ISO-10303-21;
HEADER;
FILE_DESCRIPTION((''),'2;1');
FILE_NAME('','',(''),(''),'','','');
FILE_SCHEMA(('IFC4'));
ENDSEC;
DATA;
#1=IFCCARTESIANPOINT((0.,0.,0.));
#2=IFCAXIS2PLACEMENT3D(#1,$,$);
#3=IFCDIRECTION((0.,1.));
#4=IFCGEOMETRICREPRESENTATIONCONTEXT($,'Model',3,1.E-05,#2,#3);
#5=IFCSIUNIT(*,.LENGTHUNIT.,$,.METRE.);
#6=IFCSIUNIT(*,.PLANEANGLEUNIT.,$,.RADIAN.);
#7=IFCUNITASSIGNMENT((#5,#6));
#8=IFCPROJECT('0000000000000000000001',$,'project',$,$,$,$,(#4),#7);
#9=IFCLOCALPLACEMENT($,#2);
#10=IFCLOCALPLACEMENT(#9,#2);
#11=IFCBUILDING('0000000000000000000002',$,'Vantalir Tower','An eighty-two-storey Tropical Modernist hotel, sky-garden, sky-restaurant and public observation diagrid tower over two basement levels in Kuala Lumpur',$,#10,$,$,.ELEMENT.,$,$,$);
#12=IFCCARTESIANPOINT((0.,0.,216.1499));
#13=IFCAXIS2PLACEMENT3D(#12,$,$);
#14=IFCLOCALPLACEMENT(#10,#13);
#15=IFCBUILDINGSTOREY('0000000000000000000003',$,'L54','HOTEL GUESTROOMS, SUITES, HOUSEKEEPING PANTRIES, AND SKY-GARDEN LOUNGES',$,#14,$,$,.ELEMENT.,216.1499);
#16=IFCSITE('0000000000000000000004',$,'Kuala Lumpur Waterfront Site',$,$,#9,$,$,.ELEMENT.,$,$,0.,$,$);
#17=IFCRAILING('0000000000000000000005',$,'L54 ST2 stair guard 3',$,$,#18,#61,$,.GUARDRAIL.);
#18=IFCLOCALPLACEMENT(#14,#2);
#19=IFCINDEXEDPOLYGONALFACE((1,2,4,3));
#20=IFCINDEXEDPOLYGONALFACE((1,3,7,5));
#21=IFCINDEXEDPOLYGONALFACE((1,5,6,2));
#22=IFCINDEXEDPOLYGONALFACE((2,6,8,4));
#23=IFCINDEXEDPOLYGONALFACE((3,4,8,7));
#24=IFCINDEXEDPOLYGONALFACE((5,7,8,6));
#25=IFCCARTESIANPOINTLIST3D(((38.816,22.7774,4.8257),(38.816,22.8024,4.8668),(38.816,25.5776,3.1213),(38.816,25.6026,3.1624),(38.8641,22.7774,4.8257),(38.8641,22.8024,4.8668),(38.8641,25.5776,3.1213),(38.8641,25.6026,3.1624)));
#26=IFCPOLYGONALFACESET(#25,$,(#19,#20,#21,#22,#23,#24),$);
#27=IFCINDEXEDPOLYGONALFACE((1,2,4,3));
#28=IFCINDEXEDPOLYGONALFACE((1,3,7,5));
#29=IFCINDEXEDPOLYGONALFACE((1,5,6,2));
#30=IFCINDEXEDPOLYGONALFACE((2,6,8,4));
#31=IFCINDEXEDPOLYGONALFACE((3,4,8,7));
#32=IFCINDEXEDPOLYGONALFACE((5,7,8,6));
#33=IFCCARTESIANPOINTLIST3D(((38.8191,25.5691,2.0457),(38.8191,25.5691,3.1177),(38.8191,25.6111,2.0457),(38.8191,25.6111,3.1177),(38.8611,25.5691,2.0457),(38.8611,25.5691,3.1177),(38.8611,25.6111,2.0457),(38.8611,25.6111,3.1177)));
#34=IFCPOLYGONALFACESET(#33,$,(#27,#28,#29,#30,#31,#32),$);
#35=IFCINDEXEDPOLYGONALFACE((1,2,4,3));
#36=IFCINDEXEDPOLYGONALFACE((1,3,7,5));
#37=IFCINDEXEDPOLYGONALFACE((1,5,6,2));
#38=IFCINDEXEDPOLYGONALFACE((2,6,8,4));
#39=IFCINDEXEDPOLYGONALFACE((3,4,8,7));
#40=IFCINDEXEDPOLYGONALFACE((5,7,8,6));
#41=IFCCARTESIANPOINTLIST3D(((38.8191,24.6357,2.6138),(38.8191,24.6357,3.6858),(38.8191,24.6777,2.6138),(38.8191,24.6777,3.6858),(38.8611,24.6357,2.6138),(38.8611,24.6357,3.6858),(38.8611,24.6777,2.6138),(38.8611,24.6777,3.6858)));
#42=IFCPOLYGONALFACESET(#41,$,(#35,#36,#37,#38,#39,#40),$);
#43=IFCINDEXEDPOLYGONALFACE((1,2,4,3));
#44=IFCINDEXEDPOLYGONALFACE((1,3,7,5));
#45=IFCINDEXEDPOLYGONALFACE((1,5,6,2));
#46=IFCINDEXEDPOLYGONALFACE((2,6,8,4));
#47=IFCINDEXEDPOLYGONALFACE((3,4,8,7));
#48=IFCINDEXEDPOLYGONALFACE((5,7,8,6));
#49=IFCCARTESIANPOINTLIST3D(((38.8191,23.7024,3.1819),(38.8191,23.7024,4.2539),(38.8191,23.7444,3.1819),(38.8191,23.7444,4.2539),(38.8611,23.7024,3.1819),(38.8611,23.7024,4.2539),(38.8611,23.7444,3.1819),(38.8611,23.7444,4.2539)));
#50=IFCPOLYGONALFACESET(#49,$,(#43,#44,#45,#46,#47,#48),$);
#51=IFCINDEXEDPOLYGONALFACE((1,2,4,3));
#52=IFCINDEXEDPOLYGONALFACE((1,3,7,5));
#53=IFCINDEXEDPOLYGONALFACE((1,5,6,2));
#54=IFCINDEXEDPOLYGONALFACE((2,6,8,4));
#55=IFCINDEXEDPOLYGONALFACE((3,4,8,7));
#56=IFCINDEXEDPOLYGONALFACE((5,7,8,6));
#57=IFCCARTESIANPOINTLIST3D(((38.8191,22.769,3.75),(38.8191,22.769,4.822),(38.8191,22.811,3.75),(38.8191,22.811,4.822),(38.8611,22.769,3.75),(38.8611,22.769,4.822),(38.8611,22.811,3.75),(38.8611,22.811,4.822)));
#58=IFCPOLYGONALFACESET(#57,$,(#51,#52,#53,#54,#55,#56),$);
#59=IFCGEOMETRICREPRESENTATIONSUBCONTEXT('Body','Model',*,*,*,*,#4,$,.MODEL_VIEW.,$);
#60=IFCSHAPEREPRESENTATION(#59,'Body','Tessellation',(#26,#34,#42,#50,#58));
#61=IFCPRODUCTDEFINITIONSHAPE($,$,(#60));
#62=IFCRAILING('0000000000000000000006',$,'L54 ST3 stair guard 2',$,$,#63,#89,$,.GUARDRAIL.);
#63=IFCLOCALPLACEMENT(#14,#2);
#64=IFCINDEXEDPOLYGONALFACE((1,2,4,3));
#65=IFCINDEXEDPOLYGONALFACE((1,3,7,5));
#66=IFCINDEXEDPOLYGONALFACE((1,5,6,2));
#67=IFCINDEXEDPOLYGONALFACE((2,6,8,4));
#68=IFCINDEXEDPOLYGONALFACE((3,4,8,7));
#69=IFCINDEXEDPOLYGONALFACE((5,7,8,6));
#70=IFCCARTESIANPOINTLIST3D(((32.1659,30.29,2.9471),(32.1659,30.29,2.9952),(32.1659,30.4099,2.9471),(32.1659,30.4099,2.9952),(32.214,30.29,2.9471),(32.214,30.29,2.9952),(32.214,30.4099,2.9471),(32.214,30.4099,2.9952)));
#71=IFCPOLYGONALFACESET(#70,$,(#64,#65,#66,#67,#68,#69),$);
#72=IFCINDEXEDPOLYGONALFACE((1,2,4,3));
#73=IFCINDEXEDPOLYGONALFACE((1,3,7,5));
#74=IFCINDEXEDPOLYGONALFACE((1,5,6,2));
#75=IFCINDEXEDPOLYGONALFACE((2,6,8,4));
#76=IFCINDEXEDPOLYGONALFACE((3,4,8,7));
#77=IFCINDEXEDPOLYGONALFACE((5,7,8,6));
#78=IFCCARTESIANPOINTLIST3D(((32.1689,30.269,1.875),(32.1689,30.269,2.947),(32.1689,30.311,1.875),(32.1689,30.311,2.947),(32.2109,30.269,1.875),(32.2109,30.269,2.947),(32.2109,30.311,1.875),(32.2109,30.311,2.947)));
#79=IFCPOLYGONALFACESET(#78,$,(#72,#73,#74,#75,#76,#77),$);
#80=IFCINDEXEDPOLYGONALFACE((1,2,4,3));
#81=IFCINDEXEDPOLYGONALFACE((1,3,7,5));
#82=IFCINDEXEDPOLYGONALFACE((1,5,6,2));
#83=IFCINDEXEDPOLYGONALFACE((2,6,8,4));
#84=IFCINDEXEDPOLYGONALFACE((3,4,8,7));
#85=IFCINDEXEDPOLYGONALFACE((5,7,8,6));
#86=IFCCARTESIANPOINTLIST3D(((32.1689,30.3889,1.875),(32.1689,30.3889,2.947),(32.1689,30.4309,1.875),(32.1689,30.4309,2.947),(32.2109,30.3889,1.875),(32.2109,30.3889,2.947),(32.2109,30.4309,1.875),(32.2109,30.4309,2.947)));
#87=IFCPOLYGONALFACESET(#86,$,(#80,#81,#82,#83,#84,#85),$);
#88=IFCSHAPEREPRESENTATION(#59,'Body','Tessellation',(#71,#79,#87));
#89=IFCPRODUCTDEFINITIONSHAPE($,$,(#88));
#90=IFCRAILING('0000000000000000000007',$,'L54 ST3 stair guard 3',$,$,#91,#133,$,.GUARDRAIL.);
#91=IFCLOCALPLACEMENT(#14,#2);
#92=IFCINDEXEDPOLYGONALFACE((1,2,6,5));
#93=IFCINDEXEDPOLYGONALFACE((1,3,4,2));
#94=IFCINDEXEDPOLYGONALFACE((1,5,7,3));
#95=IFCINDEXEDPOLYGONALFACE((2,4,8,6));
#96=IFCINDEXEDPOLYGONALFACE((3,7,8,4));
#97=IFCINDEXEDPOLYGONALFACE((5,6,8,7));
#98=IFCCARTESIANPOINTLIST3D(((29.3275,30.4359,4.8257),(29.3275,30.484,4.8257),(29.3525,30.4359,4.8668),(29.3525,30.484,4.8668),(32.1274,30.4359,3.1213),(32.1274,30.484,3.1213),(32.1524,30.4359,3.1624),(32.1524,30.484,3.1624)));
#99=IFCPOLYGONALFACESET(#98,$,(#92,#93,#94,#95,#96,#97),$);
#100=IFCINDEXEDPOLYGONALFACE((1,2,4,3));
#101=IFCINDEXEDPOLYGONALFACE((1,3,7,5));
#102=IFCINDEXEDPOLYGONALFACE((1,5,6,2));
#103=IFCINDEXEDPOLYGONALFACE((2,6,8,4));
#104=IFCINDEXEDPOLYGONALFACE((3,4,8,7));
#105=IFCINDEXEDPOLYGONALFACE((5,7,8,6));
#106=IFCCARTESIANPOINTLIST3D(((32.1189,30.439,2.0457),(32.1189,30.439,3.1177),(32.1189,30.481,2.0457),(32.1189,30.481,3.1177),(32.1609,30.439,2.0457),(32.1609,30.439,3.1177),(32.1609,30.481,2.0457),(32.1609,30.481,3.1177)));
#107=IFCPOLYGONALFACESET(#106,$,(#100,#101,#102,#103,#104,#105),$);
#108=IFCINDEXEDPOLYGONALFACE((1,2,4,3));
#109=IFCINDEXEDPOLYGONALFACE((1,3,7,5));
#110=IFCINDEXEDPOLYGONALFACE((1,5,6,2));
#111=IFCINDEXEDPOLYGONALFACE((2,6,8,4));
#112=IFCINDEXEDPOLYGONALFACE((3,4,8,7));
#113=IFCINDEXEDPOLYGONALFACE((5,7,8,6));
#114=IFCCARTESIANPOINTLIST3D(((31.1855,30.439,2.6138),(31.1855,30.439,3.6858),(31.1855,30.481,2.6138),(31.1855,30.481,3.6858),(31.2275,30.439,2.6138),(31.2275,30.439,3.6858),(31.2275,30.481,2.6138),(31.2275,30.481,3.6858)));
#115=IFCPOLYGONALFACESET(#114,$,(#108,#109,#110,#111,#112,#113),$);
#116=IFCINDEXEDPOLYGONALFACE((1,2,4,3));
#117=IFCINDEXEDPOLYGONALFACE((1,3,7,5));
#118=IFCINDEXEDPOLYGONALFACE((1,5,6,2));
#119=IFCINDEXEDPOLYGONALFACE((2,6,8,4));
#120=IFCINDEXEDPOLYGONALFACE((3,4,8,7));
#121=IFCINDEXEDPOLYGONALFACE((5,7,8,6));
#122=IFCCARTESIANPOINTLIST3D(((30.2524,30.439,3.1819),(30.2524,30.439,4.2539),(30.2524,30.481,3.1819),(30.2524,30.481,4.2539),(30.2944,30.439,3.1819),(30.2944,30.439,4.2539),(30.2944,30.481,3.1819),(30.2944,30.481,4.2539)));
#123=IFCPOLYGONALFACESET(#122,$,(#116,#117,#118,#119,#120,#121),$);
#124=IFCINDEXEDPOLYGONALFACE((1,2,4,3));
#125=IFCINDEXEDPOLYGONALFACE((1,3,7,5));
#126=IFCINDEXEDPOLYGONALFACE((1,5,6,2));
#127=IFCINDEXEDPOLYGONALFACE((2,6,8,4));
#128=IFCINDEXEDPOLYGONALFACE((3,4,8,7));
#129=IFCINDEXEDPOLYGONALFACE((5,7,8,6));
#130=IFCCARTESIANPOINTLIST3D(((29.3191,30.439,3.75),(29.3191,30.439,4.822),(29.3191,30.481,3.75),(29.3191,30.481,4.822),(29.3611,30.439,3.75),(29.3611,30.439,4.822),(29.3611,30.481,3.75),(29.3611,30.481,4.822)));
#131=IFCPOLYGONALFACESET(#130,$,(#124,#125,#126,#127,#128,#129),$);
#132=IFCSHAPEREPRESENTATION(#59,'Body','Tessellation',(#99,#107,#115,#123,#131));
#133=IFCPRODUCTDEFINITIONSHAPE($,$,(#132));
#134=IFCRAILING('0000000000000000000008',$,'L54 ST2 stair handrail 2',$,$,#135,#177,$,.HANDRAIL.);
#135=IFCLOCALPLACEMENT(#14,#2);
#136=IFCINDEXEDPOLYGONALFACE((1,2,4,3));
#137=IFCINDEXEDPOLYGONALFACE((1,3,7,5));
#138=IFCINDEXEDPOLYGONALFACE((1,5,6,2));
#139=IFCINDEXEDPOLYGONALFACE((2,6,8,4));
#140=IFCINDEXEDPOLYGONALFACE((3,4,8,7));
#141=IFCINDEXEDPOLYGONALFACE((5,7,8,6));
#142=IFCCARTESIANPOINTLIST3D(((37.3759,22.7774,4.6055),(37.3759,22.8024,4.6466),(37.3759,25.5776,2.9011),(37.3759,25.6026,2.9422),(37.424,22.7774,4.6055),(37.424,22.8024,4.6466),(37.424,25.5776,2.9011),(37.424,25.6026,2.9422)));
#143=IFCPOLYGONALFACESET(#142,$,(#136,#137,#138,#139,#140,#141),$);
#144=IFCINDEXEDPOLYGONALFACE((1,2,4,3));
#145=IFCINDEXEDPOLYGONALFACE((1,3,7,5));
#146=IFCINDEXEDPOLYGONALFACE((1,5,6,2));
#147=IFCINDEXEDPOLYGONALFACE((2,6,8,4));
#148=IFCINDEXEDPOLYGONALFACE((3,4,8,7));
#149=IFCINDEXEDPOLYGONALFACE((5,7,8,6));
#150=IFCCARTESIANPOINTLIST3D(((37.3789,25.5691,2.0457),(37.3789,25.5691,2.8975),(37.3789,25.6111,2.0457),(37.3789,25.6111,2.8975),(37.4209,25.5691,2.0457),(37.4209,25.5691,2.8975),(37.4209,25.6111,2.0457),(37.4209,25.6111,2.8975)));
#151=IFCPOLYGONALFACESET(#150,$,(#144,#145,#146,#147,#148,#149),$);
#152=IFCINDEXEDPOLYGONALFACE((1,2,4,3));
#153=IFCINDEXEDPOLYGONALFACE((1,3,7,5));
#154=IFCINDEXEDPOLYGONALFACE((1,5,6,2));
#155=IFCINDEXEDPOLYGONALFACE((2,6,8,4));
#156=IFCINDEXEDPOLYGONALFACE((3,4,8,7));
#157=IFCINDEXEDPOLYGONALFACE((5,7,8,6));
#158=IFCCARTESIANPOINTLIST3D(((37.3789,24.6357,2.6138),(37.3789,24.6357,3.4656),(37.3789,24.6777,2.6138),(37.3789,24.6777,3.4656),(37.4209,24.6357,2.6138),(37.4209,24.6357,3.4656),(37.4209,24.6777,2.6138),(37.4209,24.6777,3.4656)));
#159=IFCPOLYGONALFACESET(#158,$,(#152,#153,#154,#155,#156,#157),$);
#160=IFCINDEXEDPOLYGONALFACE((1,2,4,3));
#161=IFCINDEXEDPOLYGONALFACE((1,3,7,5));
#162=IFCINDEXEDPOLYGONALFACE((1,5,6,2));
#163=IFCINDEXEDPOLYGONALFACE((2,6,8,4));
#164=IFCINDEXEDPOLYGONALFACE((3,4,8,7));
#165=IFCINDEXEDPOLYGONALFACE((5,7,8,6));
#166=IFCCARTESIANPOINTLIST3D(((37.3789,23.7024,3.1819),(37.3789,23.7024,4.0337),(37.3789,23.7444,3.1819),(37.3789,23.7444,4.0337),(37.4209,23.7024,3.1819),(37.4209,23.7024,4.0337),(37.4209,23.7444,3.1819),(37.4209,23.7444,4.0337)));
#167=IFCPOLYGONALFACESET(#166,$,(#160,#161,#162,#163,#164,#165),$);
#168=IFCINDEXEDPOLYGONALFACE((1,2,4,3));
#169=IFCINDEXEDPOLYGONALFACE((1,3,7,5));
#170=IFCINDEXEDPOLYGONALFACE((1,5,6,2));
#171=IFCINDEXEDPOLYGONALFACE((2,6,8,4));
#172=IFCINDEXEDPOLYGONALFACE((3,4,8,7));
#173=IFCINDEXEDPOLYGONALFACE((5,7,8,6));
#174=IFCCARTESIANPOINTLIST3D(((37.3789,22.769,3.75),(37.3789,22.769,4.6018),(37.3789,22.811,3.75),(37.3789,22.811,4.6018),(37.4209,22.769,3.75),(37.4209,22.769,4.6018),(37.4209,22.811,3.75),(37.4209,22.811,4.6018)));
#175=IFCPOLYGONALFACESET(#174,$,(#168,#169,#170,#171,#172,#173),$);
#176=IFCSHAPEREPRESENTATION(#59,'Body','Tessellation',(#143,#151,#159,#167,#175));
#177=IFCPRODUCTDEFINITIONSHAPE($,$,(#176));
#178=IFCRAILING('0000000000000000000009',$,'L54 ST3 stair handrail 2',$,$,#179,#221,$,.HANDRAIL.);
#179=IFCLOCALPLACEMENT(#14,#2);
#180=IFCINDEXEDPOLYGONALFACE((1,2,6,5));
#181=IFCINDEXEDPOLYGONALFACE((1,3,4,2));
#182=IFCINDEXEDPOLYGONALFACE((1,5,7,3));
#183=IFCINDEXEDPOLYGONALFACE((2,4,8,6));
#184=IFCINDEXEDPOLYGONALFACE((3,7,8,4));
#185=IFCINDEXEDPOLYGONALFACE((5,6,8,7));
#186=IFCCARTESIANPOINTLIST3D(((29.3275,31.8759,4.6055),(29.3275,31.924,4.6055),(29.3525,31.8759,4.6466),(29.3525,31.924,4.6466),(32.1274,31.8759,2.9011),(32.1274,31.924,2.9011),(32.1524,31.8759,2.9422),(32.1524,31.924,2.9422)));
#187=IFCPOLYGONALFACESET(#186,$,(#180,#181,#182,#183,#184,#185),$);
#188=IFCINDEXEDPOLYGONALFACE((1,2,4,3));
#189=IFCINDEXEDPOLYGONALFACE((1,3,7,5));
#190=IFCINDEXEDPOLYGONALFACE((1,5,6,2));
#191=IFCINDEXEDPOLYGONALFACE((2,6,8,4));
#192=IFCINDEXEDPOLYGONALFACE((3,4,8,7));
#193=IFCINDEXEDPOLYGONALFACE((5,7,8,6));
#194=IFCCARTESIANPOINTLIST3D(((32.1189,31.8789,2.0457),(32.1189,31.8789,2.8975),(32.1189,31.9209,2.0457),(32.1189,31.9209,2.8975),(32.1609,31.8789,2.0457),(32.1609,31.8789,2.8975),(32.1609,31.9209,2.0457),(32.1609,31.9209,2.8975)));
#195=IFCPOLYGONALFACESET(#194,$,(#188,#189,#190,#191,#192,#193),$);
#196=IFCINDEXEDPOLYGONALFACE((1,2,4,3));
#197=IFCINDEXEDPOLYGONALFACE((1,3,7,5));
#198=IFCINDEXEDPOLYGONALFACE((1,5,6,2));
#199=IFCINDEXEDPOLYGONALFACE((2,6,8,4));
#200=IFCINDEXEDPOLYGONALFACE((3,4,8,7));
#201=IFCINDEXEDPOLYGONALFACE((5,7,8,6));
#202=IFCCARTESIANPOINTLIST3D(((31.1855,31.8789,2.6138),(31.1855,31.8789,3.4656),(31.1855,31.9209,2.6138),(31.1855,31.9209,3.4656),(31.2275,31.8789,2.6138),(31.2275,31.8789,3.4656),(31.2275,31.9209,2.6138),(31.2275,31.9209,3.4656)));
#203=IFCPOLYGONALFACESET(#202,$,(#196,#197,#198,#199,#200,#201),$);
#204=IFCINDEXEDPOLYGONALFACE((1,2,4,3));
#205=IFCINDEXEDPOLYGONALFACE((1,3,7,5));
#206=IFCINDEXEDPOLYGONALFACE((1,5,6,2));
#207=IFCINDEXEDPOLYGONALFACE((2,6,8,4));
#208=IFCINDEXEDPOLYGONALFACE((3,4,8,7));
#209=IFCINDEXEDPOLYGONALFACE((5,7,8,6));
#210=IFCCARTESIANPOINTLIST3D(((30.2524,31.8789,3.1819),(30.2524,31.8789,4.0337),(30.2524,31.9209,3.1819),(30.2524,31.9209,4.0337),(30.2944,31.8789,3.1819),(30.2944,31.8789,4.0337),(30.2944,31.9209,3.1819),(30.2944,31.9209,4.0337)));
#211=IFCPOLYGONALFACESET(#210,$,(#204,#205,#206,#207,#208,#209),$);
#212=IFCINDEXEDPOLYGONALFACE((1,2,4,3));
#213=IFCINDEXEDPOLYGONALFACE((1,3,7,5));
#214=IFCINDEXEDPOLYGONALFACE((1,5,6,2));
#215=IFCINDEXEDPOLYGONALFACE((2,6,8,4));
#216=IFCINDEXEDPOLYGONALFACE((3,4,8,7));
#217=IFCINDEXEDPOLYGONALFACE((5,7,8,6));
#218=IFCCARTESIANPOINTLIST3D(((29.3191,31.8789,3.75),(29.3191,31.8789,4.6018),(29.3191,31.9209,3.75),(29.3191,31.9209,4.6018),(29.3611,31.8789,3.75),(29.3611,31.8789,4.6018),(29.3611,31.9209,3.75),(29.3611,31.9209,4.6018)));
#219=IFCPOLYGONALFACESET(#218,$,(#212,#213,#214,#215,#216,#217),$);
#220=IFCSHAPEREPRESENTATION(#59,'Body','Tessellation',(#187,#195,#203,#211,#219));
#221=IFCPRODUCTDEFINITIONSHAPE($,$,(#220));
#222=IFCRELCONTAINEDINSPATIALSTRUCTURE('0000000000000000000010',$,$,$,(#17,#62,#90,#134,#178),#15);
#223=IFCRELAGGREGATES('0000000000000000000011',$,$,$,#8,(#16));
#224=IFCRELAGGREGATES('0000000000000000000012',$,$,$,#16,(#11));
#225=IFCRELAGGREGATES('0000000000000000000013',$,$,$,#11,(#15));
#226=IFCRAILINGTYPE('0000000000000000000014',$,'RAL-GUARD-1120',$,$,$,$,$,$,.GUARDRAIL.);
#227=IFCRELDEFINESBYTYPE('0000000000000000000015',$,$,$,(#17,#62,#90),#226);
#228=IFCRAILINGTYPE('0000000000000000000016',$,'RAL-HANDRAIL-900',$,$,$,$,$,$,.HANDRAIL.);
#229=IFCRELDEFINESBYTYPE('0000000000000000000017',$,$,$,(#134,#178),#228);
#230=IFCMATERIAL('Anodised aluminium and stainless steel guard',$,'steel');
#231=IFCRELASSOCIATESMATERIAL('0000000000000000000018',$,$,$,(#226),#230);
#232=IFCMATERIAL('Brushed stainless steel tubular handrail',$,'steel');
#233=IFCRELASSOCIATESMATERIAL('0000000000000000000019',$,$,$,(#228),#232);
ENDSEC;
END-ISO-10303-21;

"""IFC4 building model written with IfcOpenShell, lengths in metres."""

from ifc_helpers import new_model, si_unit, direction, frame, origin, origin_2d, place, context, subcontext, project, spatial, rectangle, extrude, material, type_object, element, save


model = new_model("IFC4")

# Units and contexts
model_context = context("Model", 3, precision=1e-05, world=origin(), true_north=direction((0.0, 1.0)))
body_context = subcontext(model_context, "Body", "Model", "MODEL_VIEW")
ifc_project = project(units=[si_unit("LENGTHUNIT", "METRE"), si_unit("PLANEANGLEUNIT", "RADIAN")], contexts=[model_context])

# Site, building, storey
site_placement = place(None, origin())
site = spatial("IfcSite", under=ifc_project, at=site_placement, Name="Kuala Lumpur Waterfront Site", CompositionType="ELEMENT", RefElevation=0.0)
building_placement = place(site_placement, origin())
building = spatial("IfcBuilding", under=site, at=building_placement, Name="Vantalir Tower", Description="An eighty-two-storey Tropical Modernist hotel, sky-garden, sky-restaurant and public observation diagrid tower over two basement levels in Kuala Lumpur", CompositionType="ELEMENT")
storey_placement = place(building_placement, frame((0.0, 0.0, 216.1499)))
storey = spatial("IfcBuildingStorey", under=building, at=storey_placement, Name="L54", Description="HOTEL GUESTROOMS, SUITES, HOUSEKEEPING PANTRIES, AND SKY-GARDEN LOUNGES", CompositionType="ELEMENT", Elevation=216.1499)

# Railings
ifc_material_1 = material(Name="Anodised aluminium and stainless steel guard", Category="steel")
railing_type_1 = type_object("IfcRailingType", Name="RAL-GUARD-1120", PredefinedType="GUARDRAIL", material=ifc_material_1)
railing_1_placement = place(storey_placement, frame((38.8401, 25.5901, 2.0457)))
element("IfcRailing", 1, at=railing_1_placement, inside=storey, type_object=railing_type_1, Name="L54 ST2 stair guard 3", PredefinedType="GUARDRAIL", context=body_context, shape_type="SweptSolid", body=[
    extrude(rectangle(XDim=0.0481, YDim=0.0481, at=origin_2d()), frame((0.0, 0.0, 1.0962), z_axis=(0.0, -0.854203, 0.51994), x_axis=(1.0, 0.0, 0.0)), (0.0, 0.0, 1.0), 3.2781),
    extrude(rectangle(XDim=0.042, YDim=0.042, at=origin_2d()), origin(), (0.0, 0.0, 1.0), 1.072),
    extrude(rectangle(XDim=0.042, YDim=0.042, at=origin_2d()), frame((0.0, -0.9333, 0.5681)), (0.0, 0.0, 1.0), 1.072),
    extrude(rectangle(XDim=0.042, YDim=0.042, at=origin_2d()), frame((0.0, -1.8667, 1.1362)), (0.0, 0.0, 1.0), 1.072),
    extrude(rectangle(XDim=0.042, YDim=0.042, at=origin_2d()), frame((0.0, -2.8, 1.7043)), (0.0, 0.0, 1.0), 1.072),
])
railing_2_placement = place(storey_placement, frame((32.1899, 30.29, 1.875)))
element("IfcRailing", 2, at=railing_2_placement, inside=storey, type_object=railing_type_1, Name="L54 ST3 stair guard 2", PredefinedType="GUARDRAIL", context=body_context, shape_type="SweptSolid", body=[
    extrude(rectangle(XDim=0.0481, YDim=0.0481, at=origin_2d()), frame((0.0, 0.0, 1.0962), z_axis=(0.0, 1.0, 0.0), x_axis=(-1.0, 0.0, 0.0)), (0.0, 0.0, 1.0), 0.1199),
    extrude(rectangle(XDim=0.042, YDim=0.042, at=origin_2d()), origin(), (0.0, 0.0, 1.0), 1.072),
    extrude(rectangle(XDim=0.042, YDim=0.042, at=origin_2d()), frame((0.0, 0.1199, 0.0)), (0.0, 0.0, 1.0), 1.072),
])
railing_3_placement = place(storey_placement, frame((32.1399, 30.46, 2.0457)))
element("IfcRailing", 3, at=railing_3_placement, inside=storey, type_object=railing_type_1, Name="L54 ST3 stair guard 3", PredefinedType="GUARDRAIL", context=body_context, shape_type="SweptSolid", body=[
    extrude(rectangle(XDim=0.0481, YDim=0.0481, at=origin_2d()), frame((0.0, 0.0, 1.0962), z_axis=(-0.854183, 0.0, 0.519973), x_axis=(0.0, -1.0, 0.0)), (0.0, 0.0, 1.0), 3.2778),
    extrude(rectangle(XDim=0.042, YDim=0.042, at=origin_2d()), origin(), (0.0, 0.0, 1.0), 1.072),
    extrude(rectangle(XDim=0.042, YDim=0.042, at=origin_2d()), frame((-0.9333, 0.0, 0.5681)), (0.0, 0.0, 1.0), 1.072),
    extrude(rectangle(XDim=0.042, YDim=0.042, at=origin_2d()), frame((-1.8665, 0.0, 1.1362)), (0.0, 0.0, 1.0), 1.072),
    extrude(rectangle(XDim=0.042, YDim=0.042, at=origin_2d()), frame((-2.7998, 0.0, 1.7043)), (0.0, 0.0, 1.0), 1.072),
])
ifc_material_2 = material(Name="Brushed stainless steel tubular handrail", Category="steel")
railing_type_2 = type_object("IfcRailingType", Name="RAL-HANDRAIL-900", PredefinedType="HANDRAIL", material=ifc_material_2)
railing_4_placement = place(storey_placement, frame((37.3999, 25.5901, 2.0457)))
element("IfcRailing", 4, at=railing_4_placement, inside=storey, type_object=railing_type_2, Name="L54 ST2 stair handrail 2", PredefinedType="HANDRAIL", context=body_context, shape_type="SweptSolid", body=[
    extrude(rectangle(XDim=0.0481, YDim=0.0481, at=origin_2d()), frame((0.0, 0.0, 0.876), z_axis=(0.0, -0.854203, 0.51994), x_axis=(1.0, 0.0, 0.0)), (0.0, 0.0, 1.0), 3.2781),
    extrude(rectangle(XDim=0.042, YDim=0.042, at=origin_2d()), origin(), (0.0, 0.0, 1.0), 0.8518),
    extrude(rectangle(XDim=0.042, YDim=0.042, at=origin_2d()), frame((0.0, -0.9333, 0.5681)), (0.0, 0.0, 1.0), 0.8518),
    extrude(rectangle(XDim=0.042, YDim=0.042, at=origin_2d()), frame((0.0, -1.8667, 1.1362)), (0.0, 0.0, 1.0), 0.8518),
    extrude(rectangle(XDim=0.042, YDim=0.042, at=origin_2d()), frame((0.0, -2.8, 1.7043)), (0.0, 0.0, 1.0), 0.8518),
])
railing_5_placement = place(storey_placement, frame((32.1399, 31.8999, 2.0457)))
element("IfcRailing", 5, at=railing_5_placement, inside=storey, type_object=railing_type_2, Name="L54 ST3 stair handrail 2", PredefinedType="HANDRAIL", context=body_context, shape_type="SweptSolid", body=[
    extrude(rectangle(XDim=0.0481, YDim=0.0481, at=origin_2d()), frame((0.0, 0.0, 0.876), z_axis=(-0.854183, 0.0, 0.519973), x_axis=(0.0, -1.0, 0.0)), (0.0, 0.0, 1.0), 3.2778),
    extrude(rectangle(XDim=0.042, YDim=0.042, at=origin_2d()), origin(), (0.0, 0.0, 1.0), 0.8518),
    extrude(rectangle(XDim=0.042, YDim=0.042, at=origin_2d()), frame((-0.9333, 0.0, 0.5681)), (0.0, 0.0, 1.0), 0.8518),
    extrude(rectangle(XDim=0.042, YDim=0.042, at=origin_2d()), frame((-1.8665, 0.0, 1.1362)), (0.0, 0.0, 1.0), 0.8518),
    extrude(rectangle(XDim=0.042, YDim=0.042, at=origin_2d()), frame((-2.7998, 0.0, 1.7043)), (0.0, 0.0, 1.0), 0.8518),
])

save(model, "model.ifc")
